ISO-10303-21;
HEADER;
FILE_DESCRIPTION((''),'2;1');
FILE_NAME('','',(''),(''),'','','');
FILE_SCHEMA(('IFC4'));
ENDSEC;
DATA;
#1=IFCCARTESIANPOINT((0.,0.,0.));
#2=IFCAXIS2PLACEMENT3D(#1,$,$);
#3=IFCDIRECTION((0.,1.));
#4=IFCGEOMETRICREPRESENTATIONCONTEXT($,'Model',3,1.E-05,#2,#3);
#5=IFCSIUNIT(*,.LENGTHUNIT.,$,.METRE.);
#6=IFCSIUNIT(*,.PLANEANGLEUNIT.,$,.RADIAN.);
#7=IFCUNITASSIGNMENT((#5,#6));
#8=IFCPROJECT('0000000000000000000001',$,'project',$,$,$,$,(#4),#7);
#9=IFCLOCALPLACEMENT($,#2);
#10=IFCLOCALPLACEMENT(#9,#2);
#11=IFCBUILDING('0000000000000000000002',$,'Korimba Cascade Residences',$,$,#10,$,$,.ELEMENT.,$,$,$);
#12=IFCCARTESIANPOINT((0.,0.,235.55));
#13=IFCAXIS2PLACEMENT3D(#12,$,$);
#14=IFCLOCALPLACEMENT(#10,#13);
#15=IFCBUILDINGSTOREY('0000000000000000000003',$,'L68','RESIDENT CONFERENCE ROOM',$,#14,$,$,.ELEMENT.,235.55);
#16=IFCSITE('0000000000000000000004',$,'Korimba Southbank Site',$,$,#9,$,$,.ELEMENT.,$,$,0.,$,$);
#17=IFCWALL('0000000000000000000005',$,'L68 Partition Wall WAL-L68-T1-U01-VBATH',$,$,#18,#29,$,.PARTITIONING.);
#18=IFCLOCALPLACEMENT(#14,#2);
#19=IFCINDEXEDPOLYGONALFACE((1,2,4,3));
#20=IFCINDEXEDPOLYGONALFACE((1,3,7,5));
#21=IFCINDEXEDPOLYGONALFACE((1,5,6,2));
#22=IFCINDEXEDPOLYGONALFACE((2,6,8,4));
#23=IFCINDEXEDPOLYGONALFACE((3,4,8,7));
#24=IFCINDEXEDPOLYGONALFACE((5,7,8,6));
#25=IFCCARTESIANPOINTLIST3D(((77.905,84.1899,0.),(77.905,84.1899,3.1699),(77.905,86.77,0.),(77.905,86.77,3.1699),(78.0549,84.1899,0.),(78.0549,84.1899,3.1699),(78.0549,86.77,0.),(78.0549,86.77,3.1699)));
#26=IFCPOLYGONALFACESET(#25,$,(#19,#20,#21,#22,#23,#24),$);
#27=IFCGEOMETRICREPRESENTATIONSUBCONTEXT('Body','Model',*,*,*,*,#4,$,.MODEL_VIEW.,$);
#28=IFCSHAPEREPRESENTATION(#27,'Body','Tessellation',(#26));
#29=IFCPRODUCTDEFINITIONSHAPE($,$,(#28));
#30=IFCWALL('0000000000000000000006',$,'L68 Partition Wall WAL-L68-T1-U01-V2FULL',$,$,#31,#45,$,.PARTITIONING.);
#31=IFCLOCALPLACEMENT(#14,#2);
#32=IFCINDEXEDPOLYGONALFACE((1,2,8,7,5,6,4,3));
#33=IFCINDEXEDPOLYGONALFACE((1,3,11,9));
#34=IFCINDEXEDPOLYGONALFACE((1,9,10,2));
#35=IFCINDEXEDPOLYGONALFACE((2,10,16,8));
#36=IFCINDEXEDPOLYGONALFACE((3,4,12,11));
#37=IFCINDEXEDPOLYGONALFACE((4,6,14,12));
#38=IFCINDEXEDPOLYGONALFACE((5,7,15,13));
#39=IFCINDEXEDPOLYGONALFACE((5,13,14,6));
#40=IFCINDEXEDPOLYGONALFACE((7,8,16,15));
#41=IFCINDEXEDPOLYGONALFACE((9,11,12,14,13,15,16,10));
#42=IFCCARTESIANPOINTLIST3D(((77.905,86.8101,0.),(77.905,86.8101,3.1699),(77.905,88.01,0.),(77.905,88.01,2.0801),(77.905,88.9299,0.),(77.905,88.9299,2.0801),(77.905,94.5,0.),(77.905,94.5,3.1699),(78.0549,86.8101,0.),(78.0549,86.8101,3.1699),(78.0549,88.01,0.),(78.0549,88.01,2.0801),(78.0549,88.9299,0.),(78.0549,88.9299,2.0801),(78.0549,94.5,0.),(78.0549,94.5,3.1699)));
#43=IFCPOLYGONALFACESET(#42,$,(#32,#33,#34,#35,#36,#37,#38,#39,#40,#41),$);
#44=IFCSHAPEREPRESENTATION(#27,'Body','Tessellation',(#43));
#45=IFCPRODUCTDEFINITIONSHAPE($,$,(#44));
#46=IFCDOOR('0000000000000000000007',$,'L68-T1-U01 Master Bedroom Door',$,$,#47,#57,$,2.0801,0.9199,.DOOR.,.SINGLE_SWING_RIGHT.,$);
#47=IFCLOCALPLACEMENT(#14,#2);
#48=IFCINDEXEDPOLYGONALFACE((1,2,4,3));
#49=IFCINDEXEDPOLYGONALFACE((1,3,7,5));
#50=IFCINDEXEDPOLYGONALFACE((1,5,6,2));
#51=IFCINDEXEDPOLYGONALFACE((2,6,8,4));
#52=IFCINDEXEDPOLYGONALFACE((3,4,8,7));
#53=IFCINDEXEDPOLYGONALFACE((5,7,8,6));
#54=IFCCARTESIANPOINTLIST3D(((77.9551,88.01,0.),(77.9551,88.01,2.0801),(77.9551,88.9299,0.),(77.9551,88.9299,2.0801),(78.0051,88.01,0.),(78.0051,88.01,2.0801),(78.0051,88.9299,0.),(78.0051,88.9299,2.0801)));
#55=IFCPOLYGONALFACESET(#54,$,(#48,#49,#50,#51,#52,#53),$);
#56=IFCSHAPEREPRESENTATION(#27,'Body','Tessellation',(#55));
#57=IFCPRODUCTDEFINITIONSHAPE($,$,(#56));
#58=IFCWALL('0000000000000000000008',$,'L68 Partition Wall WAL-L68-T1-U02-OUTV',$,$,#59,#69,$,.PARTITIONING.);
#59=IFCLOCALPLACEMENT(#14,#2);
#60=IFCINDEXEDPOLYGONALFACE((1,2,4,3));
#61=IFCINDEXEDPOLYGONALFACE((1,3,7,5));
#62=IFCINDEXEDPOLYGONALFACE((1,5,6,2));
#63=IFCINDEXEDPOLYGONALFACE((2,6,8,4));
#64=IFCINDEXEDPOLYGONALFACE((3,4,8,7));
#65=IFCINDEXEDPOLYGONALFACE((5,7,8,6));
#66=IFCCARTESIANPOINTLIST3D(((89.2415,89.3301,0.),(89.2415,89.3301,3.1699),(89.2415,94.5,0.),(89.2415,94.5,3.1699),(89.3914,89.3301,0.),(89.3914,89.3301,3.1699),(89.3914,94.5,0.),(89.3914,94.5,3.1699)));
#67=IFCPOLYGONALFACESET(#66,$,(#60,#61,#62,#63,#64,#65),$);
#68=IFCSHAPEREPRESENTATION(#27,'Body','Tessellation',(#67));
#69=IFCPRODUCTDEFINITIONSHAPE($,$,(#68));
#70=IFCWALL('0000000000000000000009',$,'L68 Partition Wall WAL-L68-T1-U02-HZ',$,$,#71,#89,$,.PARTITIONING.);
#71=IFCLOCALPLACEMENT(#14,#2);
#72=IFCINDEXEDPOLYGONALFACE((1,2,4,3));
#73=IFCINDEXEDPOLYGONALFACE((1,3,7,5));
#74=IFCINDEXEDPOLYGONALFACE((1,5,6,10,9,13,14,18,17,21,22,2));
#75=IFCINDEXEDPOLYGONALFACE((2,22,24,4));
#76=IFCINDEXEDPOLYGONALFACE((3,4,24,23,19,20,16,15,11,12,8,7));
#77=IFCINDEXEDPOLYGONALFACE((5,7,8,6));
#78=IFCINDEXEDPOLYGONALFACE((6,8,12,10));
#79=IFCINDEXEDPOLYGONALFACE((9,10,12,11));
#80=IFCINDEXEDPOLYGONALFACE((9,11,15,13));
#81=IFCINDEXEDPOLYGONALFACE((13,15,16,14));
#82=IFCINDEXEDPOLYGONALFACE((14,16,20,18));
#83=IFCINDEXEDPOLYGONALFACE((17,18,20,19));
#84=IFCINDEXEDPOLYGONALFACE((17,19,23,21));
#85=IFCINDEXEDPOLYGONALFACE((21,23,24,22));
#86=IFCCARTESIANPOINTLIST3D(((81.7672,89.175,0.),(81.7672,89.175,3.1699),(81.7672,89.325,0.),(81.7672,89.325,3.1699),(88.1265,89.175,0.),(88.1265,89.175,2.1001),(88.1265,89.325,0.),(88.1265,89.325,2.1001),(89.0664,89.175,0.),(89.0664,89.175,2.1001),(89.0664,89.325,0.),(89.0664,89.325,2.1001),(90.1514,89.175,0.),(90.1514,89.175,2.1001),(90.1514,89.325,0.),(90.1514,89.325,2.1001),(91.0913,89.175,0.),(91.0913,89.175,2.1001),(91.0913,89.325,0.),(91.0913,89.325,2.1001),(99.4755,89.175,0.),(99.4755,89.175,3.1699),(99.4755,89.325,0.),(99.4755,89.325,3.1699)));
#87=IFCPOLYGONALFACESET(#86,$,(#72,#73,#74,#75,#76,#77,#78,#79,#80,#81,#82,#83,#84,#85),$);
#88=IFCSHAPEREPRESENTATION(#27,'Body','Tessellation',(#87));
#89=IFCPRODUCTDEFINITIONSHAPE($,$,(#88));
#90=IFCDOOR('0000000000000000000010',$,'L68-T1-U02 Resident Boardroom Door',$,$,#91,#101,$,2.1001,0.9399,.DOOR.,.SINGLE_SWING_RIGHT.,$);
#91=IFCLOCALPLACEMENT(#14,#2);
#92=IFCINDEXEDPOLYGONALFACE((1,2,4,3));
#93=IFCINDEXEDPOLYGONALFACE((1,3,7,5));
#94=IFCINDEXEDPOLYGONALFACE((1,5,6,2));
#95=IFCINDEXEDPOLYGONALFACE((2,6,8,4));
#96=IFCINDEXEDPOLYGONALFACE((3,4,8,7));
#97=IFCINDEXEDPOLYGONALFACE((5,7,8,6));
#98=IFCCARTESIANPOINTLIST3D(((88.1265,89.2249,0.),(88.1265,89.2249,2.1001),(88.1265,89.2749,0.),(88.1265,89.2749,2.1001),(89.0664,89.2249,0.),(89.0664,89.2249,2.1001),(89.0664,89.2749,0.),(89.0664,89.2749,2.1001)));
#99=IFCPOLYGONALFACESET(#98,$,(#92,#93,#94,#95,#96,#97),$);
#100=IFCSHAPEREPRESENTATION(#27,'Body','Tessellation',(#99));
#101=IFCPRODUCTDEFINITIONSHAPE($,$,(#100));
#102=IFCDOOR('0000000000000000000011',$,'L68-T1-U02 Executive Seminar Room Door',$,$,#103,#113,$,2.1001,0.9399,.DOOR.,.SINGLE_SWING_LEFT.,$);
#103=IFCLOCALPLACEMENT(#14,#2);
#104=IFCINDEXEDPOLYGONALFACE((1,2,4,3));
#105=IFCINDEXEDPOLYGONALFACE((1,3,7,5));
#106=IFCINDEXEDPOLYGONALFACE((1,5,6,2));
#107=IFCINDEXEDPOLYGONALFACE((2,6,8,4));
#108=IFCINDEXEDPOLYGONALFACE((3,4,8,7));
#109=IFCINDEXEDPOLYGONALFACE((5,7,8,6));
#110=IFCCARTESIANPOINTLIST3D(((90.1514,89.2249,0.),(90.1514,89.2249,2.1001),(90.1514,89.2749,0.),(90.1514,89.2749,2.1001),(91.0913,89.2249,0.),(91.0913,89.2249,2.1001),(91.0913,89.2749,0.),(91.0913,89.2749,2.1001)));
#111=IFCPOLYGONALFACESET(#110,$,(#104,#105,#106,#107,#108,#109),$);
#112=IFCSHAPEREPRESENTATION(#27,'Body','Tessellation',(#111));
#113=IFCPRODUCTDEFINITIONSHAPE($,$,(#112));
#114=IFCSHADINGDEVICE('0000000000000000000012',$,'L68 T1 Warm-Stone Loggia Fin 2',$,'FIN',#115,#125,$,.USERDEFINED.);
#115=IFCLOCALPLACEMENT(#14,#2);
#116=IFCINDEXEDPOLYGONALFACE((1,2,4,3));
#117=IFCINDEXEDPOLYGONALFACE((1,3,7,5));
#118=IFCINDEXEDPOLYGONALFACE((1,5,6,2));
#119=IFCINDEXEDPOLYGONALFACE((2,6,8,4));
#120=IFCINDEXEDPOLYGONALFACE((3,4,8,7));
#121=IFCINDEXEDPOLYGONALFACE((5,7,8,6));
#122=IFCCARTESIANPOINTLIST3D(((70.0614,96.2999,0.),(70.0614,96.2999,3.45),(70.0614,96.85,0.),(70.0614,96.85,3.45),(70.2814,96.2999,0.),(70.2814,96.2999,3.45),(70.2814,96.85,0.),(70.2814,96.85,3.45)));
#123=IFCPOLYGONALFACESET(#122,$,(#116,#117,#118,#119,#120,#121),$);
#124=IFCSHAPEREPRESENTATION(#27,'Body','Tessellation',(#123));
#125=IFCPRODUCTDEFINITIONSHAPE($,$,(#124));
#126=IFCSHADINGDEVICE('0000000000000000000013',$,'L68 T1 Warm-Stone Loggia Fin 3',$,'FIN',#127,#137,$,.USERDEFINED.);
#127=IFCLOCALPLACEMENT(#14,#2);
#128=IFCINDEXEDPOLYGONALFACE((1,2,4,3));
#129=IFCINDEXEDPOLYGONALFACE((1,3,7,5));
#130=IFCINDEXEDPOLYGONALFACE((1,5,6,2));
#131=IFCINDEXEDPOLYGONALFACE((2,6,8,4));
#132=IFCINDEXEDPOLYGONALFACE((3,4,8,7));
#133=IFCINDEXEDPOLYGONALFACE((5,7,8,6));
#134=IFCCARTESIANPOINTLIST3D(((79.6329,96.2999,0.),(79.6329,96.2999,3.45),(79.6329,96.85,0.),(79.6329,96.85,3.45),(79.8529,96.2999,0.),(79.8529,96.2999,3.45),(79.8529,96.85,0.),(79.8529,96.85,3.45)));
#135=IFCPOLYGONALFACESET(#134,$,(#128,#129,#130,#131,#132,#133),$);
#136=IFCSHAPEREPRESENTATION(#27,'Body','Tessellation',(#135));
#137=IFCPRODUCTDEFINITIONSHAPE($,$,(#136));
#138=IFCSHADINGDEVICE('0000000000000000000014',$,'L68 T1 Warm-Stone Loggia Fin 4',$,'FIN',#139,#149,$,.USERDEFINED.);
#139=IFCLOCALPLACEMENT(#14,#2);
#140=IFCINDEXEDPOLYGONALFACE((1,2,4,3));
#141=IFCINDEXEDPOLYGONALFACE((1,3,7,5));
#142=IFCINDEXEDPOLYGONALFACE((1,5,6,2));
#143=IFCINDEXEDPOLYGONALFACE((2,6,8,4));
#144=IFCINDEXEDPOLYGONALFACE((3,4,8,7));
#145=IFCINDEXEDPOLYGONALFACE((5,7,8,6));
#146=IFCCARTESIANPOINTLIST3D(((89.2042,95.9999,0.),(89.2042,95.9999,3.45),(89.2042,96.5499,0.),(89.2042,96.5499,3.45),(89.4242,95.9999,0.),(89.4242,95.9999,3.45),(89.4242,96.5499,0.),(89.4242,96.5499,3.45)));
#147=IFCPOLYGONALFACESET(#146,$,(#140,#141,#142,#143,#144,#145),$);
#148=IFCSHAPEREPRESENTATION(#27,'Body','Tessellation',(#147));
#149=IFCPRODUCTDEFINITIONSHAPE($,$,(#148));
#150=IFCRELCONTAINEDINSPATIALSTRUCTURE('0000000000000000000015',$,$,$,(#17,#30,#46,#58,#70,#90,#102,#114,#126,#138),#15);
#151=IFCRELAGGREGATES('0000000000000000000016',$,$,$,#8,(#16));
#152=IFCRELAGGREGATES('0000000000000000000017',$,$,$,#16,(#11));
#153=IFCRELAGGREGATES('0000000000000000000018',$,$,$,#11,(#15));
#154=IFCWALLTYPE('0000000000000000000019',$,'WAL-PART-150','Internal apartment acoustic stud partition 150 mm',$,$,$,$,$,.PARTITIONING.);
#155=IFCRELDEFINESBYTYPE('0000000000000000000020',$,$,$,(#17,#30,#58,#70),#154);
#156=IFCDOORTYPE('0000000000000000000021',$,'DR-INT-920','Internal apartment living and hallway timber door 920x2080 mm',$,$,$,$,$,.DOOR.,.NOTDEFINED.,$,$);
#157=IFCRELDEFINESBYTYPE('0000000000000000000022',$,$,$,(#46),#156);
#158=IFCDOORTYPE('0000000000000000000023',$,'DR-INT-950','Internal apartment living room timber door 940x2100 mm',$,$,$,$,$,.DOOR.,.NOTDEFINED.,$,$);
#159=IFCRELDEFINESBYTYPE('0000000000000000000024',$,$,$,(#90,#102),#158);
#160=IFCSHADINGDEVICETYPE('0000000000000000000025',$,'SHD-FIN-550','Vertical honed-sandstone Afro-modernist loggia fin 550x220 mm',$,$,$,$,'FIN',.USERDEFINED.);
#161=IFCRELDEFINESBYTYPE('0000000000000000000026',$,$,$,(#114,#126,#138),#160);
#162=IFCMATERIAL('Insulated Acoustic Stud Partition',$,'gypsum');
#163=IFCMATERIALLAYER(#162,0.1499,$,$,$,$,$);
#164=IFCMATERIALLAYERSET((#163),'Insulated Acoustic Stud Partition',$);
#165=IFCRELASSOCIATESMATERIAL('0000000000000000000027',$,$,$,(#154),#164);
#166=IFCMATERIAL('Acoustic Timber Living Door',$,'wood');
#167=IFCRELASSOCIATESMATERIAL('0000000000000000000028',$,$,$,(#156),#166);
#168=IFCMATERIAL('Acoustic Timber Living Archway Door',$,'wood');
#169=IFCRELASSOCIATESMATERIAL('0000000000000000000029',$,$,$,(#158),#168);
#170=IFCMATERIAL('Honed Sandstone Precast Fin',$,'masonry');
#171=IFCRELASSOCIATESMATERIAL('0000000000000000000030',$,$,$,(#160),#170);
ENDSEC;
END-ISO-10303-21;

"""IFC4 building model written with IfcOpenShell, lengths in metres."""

from ifc_helpers import new_model, si_unit, direction, frame, frame_2d, origin, origin_2d, place, context, subcontext, project, spatial, rectangle, extrude, material, layer, layer_set, type_object, element, fill, save


model = new_model("IFC4")

# Units and contexts
model_context = context("Model", 3, precision=1e-05, world=origin(), true_north=direction((0.0, 1.0)))
body_context = subcontext(model_context, "Body", "Model", "MODEL_VIEW")
ifc_project = project(units=[si_unit("LENGTHUNIT", "METRE"), si_unit("PLANEANGLEUNIT", "RADIAN")], contexts=[model_context])

# Site, building, storey
site_placement = place(None, origin())
site = spatial("IfcSite", under=ifc_project, at=site_placement, Name="Korimba Southbank Site", CompositionType="ELEMENT", RefElevation=0.0)
building_placement = place(site_placement, origin())
building = spatial("IfcBuilding", under=site, at=building_placement, Name="Korimba Cascade Residences", CompositionType="ELEMENT")
storey_placement = place(building_placement, frame((0.0, 0.0, 235.55)))
storey = spatial("IfcBuildingStorey", under=building, at=storey_placement, Name="L68", Description="RESIDENT CONFERENCE ROOM", CompositionType="ELEMENT", Elevation=235.55)

# Shared definitions
ifc_material_1 = material(Name="Insulated Acoustic Stud Partition", Category="gypsum")
ifc_layer_1 = layer(ifc_material_1, 0.1499)
ifc_layer_set_1 = layer_set([ifc_layer_1], Name="Insulated Acoustic Stud Partition")
wall_type_1 = type_object("IfcWallType", Name="WAL-PART-150", Description="Internal apartment acoustic stud partition 150 mm", PredefinedType="PARTITIONING", material=ifc_layer_set_1)

# Wall
wall_1_placement = place(storey_placement, frame((77.98, 84.1899, 0.0), z_axis=(0.0, 0.0, 1.0), x_axis=(0.0, 1.0, 0.0)))
element("IfcWall", 1, at=wall_1_placement, inside=storey, type_object=wall_type_1, Name="L68 Partition Wall WAL-L68-T1-U01-VBATH", PredefinedType="PARTITIONING", context=body_context, shape_type="SweptSolid", body=[
    extrude(rectangle(XDim=2.5801, YDim=0.1499, at=frame_2d((1.29, 0.0))), origin(), (0.0, 0.0, 1.0), 3.1699),
])

# Wall, opening, door
wall_2_placement = place(storey_placement, frame((77.98, 86.8101, 0.0), z_axis=(0.0, 0.0, 1.0), x_axis=(0.0, 1.0, 0.0)))
wall_2 = element("IfcWall", 2, at=wall_2_placement, inside=storey, type_object=wall_type_1, Name="L68 Partition Wall WAL-L68-T1-U01-V2FULL", PredefinedType="PARTITIONING", context=body_context, shape_type="SweptSolid", body=[
    extrude(rectangle(XDim=7.6899, YDim=0.1499, at=frame_2d((3.845, 0.0))), origin(), (0.0, 0.0, 1.0), 3.1699),
])
opening_1_placement = place(wall_2_placement, frame((1.2, 0.0, 0.0)))
opening_1 = element("IfcOpeningElement", 3, at=opening_1_placement, cuts=wall_2, PredefinedType="OPENING", context=body_context, shape_type="SweptSolid", body=[
    extrude(rectangle(XDim=0.9199, YDim=2.0801, at=frame_2d((0.46, 1.04))), frame((0.0, 0.085, 0.0), z_axis=(0.0, -1.0, 0.0), x_axis=(1.0, 0.0, 0.0)), (0.0, 0.0, 1.0), 0.1699),
])
ifc_material_2 = material(Name="Acoustic Timber Living Door", Category="wood")
door_type_1 = type_object("IfcDoorType", Name="DR-INT-920", Description="Internal apartment living and hallway timber door 920x2080 mm", OperationType="NOTDEFINED", PredefinedType="DOOR", material=ifc_material_2)
door_1_placement = place(opening_1_placement, origin())
door_1 = element("IfcDoor", 4, at=door_1_placement, inside=storey, type_object=door_type_1, Name="L68-T1-U01 Master Bedroom Door", OperationType="SINGLE_SWING_RIGHT", OverallHeight=2.0801, OverallWidth=0.9199, PredefinedType="DOOR", context=body_context, shape_type="SweptSolid", body=[
    extrude(rectangle(XDim=0.9199, YDim=2.0801, at=frame_2d((0.46, 1.04))), frame((0.0, 0.0249, 0.0), z_axis=(0.0, -1.0, 0.0), x_axis=(1.0, 0.0, 0.0)), (0.0, 0.0, 1.0), 0.05),
])
fill(opening_1, door_1)

# Wall
wall_3_placement = place(storey_placement, frame((89.3164, 89.3301, 0.0), z_axis=(0.0, 0.0, 1.0), x_axis=(0.0, 1.0, 0.0)))
element("IfcWall", 5, at=wall_3_placement, inside=storey, type_object=wall_type_1, Name="L68 Partition Wall WAL-L68-T1-U02-OUTV", PredefinedType="PARTITIONING", context=body_context, shape_type="SweptSolid", body=[
    extrude(rectangle(XDim=5.1699, YDim=0.1499, at=frame_2d((2.585, 0.0))), origin(), (0.0, 0.0, 1.0), 3.1699),
])

# Wall, openings, doors
wall_4_placement = place(storey_placement, frame((81.7673, 89.25, 0.0), z_axis=(0.0, 0.0, 1.0), x_axis=(1.0, 0.0, 0.0)))
wall_4 = element("IfcWall", 6, at=wall_4_placement, inside=storey, type_object=wall_type_1, Name="L68 Partition Wall WAL-L68-T1-U02-HZ", PredefinedType="PARTITIONING", context=body_context, shape_type="SweptSolid", body=[
    extrude(rectangle(XDim=17.7083, YDim=0.1499, at=frame_2d((8.854, 0.0))), origin(), (0.0, 0.0, 1.0), 3.1699),
])
opening_2_placement = place(wall_4_placement, frame((6.3591, 0.0, 0.0)))
opening_2 = element("IfcOpeningElement", 7, at=opening_2_placement, cuts=wall_4, PredefinedType="OPENING", context=body_context, shape_type="SweptSolid", body=[
    extrude(rectangle(XDim=0.9399, YDim=2.1001, at=frame_2d((0.47, 1.05))), frame((0.0, 0.085, 0.0), z_axis=(0.0, -1.0, 0.0), x_axis=(1.0, 0.0, 0.0)), (0.0, 0.0, 1.0), 0.1699),
])
opening_3_placement = place(wall_4_placement, frame((8.384, 0.0, 0.0)))
opening_3 = element("IfcOpeningElement", 8, at=opening_3_placement, cuts=wall_4, PredefinedType="OPENING", context=body_context, shape_type="SweptSolid", body=[
    extrude(rectangle(XDim=0.9399, YDim=2.1001, at=frame_2d((0.47, 1.05))), frame((0.0, 0.085, 0.0), z_axis=(0.0, -1.0, 0.0), x_axis=(1.0, 0.0, 0.0)), (0.0, 0.0, 1.0), 0.1699),
])
ifc_material_3 = material(Name="Acoustic Timber Living Archway Door", Category="wood")
door_type_2 = type_object("IfcDoorType", Name="DR-INT-950", Description="Internal apartment living room timber door 940x2100 mm", OperationType="NOTDEFINED", PredefinedType="DOOR", material=ifc_material_3)
door_2_placement = place(opening_2_placement, origin())
door_2 = element("IfcDoor", 9, at=door_2_placement, inside=storey, type_object=door_type_2, Name="L68-T1-U02 Resident Boardroom Door", OperationType="SINGLE_SWING_RIGHT", OverallHeight=2.1001, OverallWidth=0.9399, PredefinedType="DOOR", context=body_context, shape_type="SweptSolid", body=[
    extrude(rectangle(XDim=0.9399, YDim=2.1001, at=frame_2d((0.47, 1.05))), frame((0.0, 0.0249, 0.0), z_axis=(0.0, -1.0, 0.0), x_axis=(1.0, 0.0, 0.0)), (0.0, 0.0, 1.0), 0.05),
])
fill(opening_2, door_2)
door_3_placement = place(opening_3_placement, origin())
door_3 = element("IfcDoor", 10, at=door_3_placement, inside=storey, type_object=door_type_2, Name="L68-T1-U02 Executive Seminar Room Door", OperationType="SINGLE_SWING_LEFT", OverallHeight=2.1001, OverallWidth=0.9399, PredefinedType="DOOR", context=body_context, shape_type="SweptSolid", body=[
    extrude(rectangle(XDim=0.9399, YDim=2.1001, at=frame_2d((0.47, 1.05))), frame((0.0, 0.0249, 0.0), z_axis=(0.0, -1.0, 0.0), x_axis=(1.0, 0.0, 0.0)), (0.0, 0.0, 1.0), 0.05),
])
fill(opening_3, door_3)

# Shading devices
ifc_material_4 = material(Name="Honed Sandstone Precast Fin", Category="masonry")
shading_device_type = type_object("IfcShadingDeviceType", Name="SHD-FIN-550", Description="Vertical honed-sandstone Afro-modernist loggia fin 550x220 mm", ElementType="FIN", PredefinedType="USERDEFINED", material=ifc_material_4)
for number, where, z_axis, x_axis, name in (
    (11, (70.1714, 96.575, 0.0), (0.0, 0.0, 1.0), (1.0, 0.0, 0.0), "L68 T1 Warm-Stone Loggia Fin 2"),
    (12, (79.7429, 96.575, 0.0), (0.0, 0.0, 1.0), (1.0, 0.0, 0.0), "L68 T1 Warm-Stone Loggia Fin 3"),
    (13, (89.3142, 96.2749, 0.0), (0.0, 0.0, 1.0), (1.0, 0.0, 0.0), "L68 T1 Warm-Stone Loggia Fin 4"),
):
    element("IfcShadingDevice", number, at=place(storey_placement, frame(where, z_axis=z_axis, x_axis=x_axis)), inside=storey, type_object=shading_device_type, Name=name, ObjectType="FIN", PredefinedType="USERDEFINED", context=body_context, shape_type="SweptSolid", body=[
        extrude(rectangle(XDim=0.22, YDim=0.55, at=origin_2d()), origin(), (0.0, 0.0, 1.0), 3.45),
    ])

save(model, "model.ifc")
